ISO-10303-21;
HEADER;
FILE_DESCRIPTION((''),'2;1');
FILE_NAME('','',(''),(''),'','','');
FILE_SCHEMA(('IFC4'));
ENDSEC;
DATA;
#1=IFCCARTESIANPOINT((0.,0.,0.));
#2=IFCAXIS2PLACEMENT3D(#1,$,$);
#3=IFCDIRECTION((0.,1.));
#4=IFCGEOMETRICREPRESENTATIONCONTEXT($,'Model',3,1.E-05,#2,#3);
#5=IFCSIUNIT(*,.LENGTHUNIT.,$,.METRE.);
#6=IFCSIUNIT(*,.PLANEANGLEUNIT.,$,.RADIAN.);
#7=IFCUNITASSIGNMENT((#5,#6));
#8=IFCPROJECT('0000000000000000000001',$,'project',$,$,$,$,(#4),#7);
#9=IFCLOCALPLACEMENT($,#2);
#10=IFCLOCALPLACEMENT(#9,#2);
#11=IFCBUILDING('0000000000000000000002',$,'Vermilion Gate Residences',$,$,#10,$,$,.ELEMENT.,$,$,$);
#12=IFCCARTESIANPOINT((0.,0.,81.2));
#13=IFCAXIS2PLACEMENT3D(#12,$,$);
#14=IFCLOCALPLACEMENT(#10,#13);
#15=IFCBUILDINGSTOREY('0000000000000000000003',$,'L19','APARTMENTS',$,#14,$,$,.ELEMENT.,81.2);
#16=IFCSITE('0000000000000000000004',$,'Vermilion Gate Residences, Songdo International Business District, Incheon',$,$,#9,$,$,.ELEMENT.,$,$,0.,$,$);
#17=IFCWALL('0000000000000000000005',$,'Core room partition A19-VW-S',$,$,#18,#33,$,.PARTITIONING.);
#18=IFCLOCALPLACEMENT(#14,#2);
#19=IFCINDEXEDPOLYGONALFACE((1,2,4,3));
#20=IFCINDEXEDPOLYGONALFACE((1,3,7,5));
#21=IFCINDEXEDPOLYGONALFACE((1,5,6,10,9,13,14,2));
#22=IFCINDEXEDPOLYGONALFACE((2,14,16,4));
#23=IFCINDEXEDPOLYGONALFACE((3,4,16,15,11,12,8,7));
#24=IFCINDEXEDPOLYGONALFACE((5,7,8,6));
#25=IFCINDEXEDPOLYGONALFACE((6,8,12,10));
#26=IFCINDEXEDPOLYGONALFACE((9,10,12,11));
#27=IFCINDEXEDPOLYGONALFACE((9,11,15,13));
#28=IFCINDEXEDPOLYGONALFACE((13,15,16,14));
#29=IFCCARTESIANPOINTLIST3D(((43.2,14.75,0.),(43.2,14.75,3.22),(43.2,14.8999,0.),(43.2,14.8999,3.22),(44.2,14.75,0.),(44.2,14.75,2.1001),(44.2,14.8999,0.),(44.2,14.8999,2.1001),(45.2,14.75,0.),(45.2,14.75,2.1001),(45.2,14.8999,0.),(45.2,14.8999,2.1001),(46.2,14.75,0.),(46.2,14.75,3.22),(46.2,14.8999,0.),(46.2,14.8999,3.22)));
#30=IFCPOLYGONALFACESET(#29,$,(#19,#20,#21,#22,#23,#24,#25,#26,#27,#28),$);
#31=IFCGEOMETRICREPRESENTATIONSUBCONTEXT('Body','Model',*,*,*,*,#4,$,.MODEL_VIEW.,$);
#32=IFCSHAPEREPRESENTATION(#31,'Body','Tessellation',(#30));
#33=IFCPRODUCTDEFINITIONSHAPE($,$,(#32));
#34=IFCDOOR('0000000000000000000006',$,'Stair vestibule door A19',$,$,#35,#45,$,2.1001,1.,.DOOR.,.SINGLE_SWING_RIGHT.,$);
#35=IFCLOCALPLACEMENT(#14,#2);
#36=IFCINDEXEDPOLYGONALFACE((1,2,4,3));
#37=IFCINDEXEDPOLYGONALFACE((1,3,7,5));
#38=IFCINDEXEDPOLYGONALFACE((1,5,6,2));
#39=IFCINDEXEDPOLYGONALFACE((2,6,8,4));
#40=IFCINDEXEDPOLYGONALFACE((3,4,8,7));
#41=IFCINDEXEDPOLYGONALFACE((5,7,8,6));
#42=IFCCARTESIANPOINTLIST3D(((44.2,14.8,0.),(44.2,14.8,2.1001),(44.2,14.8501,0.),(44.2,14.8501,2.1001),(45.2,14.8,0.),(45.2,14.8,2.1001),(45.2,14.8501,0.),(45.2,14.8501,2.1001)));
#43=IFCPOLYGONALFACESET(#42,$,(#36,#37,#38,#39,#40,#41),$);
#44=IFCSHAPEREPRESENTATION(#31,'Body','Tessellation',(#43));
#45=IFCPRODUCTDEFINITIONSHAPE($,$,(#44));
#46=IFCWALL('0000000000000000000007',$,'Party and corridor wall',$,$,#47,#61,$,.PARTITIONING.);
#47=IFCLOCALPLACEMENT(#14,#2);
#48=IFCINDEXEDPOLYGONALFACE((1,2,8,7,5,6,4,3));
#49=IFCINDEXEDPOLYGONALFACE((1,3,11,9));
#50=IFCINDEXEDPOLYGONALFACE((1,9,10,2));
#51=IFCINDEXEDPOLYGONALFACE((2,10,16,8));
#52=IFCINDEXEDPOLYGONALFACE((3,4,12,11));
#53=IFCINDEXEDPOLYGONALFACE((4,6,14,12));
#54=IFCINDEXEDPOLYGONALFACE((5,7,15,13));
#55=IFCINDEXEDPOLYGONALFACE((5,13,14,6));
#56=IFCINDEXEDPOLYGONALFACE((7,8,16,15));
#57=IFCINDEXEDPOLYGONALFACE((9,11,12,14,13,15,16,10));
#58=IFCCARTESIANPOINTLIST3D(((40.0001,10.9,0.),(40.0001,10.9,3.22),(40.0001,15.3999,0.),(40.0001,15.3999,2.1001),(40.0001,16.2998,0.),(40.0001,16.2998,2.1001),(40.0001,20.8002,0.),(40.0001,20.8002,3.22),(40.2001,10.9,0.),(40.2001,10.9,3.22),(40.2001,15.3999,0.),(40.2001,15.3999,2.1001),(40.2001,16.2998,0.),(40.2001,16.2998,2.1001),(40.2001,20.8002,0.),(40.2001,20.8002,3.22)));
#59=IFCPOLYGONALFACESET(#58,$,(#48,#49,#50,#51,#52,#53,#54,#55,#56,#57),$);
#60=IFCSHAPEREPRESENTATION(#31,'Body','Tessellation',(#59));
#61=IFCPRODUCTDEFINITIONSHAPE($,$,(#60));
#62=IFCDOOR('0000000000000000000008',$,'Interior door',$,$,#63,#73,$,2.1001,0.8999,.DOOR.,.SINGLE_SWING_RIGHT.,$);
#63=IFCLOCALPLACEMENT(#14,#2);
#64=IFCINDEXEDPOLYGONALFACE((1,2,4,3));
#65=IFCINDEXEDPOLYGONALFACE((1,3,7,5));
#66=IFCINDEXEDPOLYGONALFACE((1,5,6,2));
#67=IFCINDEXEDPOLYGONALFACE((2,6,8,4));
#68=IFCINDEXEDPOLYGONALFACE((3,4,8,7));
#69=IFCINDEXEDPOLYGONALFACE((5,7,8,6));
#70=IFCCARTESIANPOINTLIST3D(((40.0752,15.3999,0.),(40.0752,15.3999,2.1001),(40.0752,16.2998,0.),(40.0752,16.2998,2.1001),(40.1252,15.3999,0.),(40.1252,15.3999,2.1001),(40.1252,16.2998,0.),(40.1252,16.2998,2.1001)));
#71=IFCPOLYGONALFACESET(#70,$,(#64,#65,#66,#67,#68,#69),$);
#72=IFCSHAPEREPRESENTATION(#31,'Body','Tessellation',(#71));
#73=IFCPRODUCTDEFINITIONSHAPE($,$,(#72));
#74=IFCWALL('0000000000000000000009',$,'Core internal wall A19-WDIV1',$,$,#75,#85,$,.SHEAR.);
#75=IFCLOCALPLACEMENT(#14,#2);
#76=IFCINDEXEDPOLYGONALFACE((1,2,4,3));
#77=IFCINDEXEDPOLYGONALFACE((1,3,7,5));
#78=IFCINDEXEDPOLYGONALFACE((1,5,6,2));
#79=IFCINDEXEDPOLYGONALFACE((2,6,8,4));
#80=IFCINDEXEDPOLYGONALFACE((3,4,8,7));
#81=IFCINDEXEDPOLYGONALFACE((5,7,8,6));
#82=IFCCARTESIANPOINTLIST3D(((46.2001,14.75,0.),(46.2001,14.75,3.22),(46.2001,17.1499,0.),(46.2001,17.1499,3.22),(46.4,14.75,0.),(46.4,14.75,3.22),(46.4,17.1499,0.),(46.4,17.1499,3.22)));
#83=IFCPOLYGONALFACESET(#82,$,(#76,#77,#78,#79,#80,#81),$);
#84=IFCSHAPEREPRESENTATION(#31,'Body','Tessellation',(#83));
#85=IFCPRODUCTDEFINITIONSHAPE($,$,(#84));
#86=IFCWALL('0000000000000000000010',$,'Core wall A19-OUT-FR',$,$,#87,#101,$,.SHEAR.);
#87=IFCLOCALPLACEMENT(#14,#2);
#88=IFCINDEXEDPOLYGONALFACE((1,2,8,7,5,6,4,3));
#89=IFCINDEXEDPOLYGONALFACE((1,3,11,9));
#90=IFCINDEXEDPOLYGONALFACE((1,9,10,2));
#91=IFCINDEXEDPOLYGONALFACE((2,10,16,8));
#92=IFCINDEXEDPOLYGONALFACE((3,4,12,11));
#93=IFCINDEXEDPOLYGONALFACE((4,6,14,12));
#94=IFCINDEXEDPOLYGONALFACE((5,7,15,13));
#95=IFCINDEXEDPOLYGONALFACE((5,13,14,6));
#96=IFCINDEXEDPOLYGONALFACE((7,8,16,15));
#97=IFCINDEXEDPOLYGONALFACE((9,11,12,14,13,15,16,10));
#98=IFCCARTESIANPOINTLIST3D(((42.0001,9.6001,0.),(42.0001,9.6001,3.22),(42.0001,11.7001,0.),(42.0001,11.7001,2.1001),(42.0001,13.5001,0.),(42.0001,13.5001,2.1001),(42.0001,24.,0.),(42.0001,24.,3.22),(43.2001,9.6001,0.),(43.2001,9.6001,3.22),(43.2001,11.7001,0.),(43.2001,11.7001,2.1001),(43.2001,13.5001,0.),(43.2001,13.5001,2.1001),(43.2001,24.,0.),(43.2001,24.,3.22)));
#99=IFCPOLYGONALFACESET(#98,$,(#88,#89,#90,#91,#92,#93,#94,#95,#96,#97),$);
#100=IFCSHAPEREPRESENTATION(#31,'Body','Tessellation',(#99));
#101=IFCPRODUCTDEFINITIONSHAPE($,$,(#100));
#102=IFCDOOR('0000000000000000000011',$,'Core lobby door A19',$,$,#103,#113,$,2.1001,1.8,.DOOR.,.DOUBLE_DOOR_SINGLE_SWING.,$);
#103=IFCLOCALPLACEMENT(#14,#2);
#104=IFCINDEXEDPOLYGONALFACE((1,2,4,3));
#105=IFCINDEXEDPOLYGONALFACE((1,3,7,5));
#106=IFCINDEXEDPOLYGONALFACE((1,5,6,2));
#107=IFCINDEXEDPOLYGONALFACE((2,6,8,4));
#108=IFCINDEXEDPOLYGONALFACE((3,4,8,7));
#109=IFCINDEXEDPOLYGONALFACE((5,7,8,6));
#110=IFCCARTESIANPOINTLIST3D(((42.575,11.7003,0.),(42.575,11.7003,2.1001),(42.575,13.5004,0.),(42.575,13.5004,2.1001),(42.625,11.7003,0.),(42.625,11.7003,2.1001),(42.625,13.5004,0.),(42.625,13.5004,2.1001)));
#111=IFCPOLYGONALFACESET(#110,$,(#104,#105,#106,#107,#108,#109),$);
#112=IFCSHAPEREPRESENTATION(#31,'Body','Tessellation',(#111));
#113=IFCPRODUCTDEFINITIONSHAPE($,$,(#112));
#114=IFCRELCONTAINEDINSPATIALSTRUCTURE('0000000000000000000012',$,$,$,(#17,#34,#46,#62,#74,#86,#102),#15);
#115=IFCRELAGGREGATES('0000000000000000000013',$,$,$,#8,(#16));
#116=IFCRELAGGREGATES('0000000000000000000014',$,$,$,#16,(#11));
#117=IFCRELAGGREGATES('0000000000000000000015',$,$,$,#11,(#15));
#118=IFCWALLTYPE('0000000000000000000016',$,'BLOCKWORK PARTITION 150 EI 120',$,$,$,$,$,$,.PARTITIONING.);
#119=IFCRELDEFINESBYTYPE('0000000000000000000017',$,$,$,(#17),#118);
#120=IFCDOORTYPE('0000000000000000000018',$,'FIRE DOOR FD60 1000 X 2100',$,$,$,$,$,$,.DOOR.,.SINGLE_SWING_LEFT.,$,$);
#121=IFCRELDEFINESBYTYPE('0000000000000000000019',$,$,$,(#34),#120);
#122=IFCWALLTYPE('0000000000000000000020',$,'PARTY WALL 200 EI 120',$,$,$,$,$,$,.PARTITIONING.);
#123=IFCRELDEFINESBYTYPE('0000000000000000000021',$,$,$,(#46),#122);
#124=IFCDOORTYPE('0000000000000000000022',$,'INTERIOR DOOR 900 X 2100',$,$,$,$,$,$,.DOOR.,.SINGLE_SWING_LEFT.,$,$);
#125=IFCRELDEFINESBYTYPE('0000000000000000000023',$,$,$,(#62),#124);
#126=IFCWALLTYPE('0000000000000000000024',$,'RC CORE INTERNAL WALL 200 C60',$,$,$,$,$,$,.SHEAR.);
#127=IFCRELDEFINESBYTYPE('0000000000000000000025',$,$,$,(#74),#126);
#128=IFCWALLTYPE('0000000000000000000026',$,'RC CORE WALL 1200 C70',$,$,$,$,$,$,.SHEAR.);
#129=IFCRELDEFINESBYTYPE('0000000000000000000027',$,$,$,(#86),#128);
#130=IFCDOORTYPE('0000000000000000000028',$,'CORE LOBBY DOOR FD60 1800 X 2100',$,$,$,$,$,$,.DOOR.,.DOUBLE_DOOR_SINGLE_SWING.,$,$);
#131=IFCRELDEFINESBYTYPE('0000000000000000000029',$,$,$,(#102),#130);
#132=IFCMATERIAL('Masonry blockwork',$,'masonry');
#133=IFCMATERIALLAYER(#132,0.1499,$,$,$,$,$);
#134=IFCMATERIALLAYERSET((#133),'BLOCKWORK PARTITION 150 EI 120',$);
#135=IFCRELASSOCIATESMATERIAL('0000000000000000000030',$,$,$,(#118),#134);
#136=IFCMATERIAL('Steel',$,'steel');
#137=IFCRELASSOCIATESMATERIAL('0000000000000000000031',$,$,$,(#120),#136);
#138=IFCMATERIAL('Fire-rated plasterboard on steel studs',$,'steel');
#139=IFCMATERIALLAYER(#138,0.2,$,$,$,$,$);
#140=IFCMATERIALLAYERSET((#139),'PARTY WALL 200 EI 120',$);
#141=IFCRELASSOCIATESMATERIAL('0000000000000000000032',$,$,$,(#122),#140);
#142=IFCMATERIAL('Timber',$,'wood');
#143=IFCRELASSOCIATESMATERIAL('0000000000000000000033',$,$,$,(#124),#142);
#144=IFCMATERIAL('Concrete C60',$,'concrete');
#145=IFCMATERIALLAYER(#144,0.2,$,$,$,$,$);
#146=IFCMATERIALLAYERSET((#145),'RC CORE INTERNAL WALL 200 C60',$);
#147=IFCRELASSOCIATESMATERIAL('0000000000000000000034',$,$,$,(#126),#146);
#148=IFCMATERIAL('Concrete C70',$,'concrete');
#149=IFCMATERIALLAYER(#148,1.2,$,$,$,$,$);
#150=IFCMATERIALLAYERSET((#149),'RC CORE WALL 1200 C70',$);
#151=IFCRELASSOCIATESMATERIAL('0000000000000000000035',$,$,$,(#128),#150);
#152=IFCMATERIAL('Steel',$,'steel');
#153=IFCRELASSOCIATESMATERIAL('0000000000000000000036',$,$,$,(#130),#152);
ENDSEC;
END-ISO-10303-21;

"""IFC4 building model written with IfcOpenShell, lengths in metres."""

from ifc_helpers import new_model, si_unit, direction, frame, frame_2d, origin, place, context, subcontext, project, spatial, rectangle, extrude, material, layer, layer_set, type_object, element, fill, save


model = new_model("IFC4")

# Units and contexts
model_context = context("Model", 3, precision=1e-05, world=origin(), true_north=direction((0.0, 1.0)))
body_context = subcontext(model_context, "Body", "Model", "MODEL_VIEW")
ifc_project = project(units=[si_unit("LENGTHUNIT", "METRE"), si_unit("PLANEANGLEUNIT", "RADIAN")], contexts=[model_context])

# Site, building, storey
site_placement = place(None, origin())
site = spatial("IfcSite", under=ifc_project, at=site_placement, Name="Vermilion Gate Residences, Songdo International Business District, Incheon", CompositionType="ELEMENT", RefElevation=0.0)
building_placement = place(site_placement, origin())
building = spatial("IfcBuilding", under=site, at=building_placement, Name="Vermilion Gate Residences", CompositionType="ELEMENT")
storey_placement = place(building_placement, frame((0.0, 0.0, 81.2)))
storey = spatial("IfcBuildingStorey", under=building, at=storey_placement, Name="L19", Description="APARTMENTS", CompositionType="ELEMENT", Elevation=81.2)

# Walls, openings, doors
ifc_material_1 = material(Name="Masonry blockwork", Category="masonry")
ifc_layer_1 = layer(ifc_material_1, 0.1499)
ifc_layer_set_1 = layer_set([ifc_layer_1], Name="BLOCKWORK PARTITION 150 EI 120")
wall_type_1 = type_object("IfcWallType", Name="BLOCKWORK PARTITION 150 EI 120", PredefinedType="PARTITIONING", material=ifc_layer_set_1)
wall_1_placement = place(storey_placement, frame((43.2, 14.825, 0.0), z_axis=(0.0, 0.0, 1.0), x_axis=(1.0, 0.0, 0.0)))
wall_1 = element("IfcWall", 1, at=wall_1_placement, inside=storey, type_object=wall_type_1, Name="Core room partition A19-VW-S", PredefinedType="PARTITIONING", context=body_context, shape_type="SweptSolid", body=[
    extrude(rectangle(XDim=3.0, YDim=0.1499, at=frame_2d((1.5, 0.0))), origin(), (0.0, 0.0, 1.0), 3.22),
])
opening_1_placement = place(wall_1_placement, frame((1.0, 0.0, 0.0)))
opening_1 = element("IfcOpeningElement", 2, at=opening_1_placement, cuts=wall_1, PredefinedType="OPENING", context=body_context, shape_type="SweptSolid", body=[
    extrude(rectangle(XDim=1.0, YDim=2.1001, at=frame_2d((0.5, 1.05))), frame((0.0, 0.085, 0.0), z_axis=(0.0, -1.0, 0.0), x_axis=(1.0, 0.0, 0.0)), (0.0, 0.0, 1.0), 0.1699),
])
ifc_material_2 = material(Name="Steel", Category="steel")
door_type_1 = type_object("IfcDoorType", Name="FIRE DOOR FD60 1000 X 2100", OperationType="SINGLE_SWING_LEFT", PredefinedType="DOOR", material=ifc_material_2)
door_1_placement = place(opening_1_placement, frame((1.0, 0.0, 0.0), z_axis=(0.0, 0.0, 1.0), x_axis=(-1.0, 0.0, 0.0)))
door_1 = element("IfcDoor", 3, at=door_1_placement, inside=storey, type_object=door_type_1, Name="Stair vestibule door A19", OperationType="SINGLE_SWING_RIGHT", OverallHeight=2.1001, OverallWidth=1.0, PredefinedType="DOOR", context=body_context, shape_type="SweptSolid", body=[
    extrude(rectangle(XDim=1.0, YDim=2.1001, at=frame_2d((0.5, 1.05))), frame((0.0, 0.0249, 0.0), z_axis=(0.0, -1.0, 0.0), x_axis=(1.0, 0.0, 0.0)), (0.0, 0.0, 1.0), 0.05),
])
fill(opening_1, door_1)
ifc_material_3 = material(Name="Fire-rated plasterboard on steel studs", Category="steel")
ifc_layer_2 = layer(ifc_material_3, 0.2)
ifc_layer_set_2 = layer_set([ifc_layer_2], Name="PARTY WALL 200 EI 120")
wall_type_2 = type_object("IfcWallType", Name="PARTY WALL 200 EI 120", PredefinedType="PARTITIONING", material=ifc_layer_set_2)
wall_2_placement = place(storey_placement, frame((40.1001, 10.8999, 0.0), z_axis=(0.0, 0.0, 1.0), x_axis=(0.0, 1.0, 0.0)))
wall_2 = element("IfcWall", 4, at=wall_2_placement, inside=storey, type_object=wall_type_2, Name="Party and corridor wall", PredefinedType="PARTITIONING", context=body_context, shape_type="SweptSolid", body=[
    extrude(rectangle(XDim=9.9001, YDim=0.2, at=frame_2d((4.9502, 0.0))), origin(), (0.0, 0.0, 1.0), 3.22),
])
opening_2_placement = place(wall_2_placement, frame((4.5, 0.0, 0.0)))
opening_2 = element("IfcOpeningElement", 5, at=opening_2_placement, cuts=wall_2, PredefinedType="OPENING", context=body_context, shape_type="SweptSolid", body=[
    extrude(rectangle(XDim=0.8999, YDim=2.1001, at=frame_2d((0.45, 1.05))), frame((0.0, 0.1099, 0.0), z_axis=(0.0, -1.0, 0.0), x_axis=(1.0, 0.0, 0.0)), (0.0, 0.0, 1.0), 0.22),
])
ifc_material_4 = material(Name="Timber", Category="wood")
door_type_2 = type_object("IfcDoorType", Name="INTERIOR DOOR 900 X 2100", OperationType="SINGLE_SWING_LEFT", PredefinedType="DOOR", material=ifc_material_4)
door_2_placement = place(opening_2_placement, origin())
door_2 = element("IfcDoor", 6, at=door_2_placement, inside=storey, type_object=door_type_2, Name="Interior door", OperationType="SINGLE_SWING_RIGHT", OverallHeight=2.1001, OverallWidth=0.8999, PredefinedType="DOOR", context=body_context, shape_type="SweptSolid", body=[
    extrude(rectangle(XDim=0.8999, YDim=2.1001, at=frame_2d((0.45, 1.05))), frame((0.0, 0.0249, 0.0), z_axis=(0.0, -1.0, 0.0), x_axis=(1.0, 0.0, 0.0)), (0.0, 0.0, 1.0), 0.05),
])
fill(opening_2, door_2)

# Wall
ifc_material_5 = material(Name="Concrete C60", Category="concrete")
ifc_layer_3 = layer(ifc_material_5, 0.2)
ifc_layer_set_3 = layer_set([ifc_layer_3], Name="RC CORE INTERNAL WALL 200 C60")
wall_type_3 = type_object("IfcWallType", Name="RC CORE INTERNAL WALL 200 C60", PredefinedType="SHEAR", material=ifc_layer_set_3)
wall_3_placement = place(storey_placement, frame((46.3, 14.75, 0.0), z_axis=(0.0, 0.0, 1.0), x_axis=(0.0, 1.0, 0.0)))
element("IfcWall", 7, at=wall_3_placement, inside=storey, type_object=wall_type_3, Name="Core internal wall A19-WDIV1", PredefinedType="SHEAR", context=body_context, shape_type="SweptSolid", body=[
    extrude(rectangle(XDim=2.3999, YDim=0.2, at=frame_2d((1.2, 0.0))), origin(), (0.0, 0.0, 1.0), 3.22),
])

# Wall, opening, door
ifc_material_6 = material(Name="Concrete C70", Category="concrete")
ifc_layer_4 = layer(ifc_material_6, 1.2)
ifc_layer_set_4 = layer_set([ifc_layer_4], Name="RC CORE WALL 1200 C70")
wall_type_4 = type_object("IfcWallType", Name="RC CORE WALL 1200 C70", PredefinedType="SHEAR", material=ifc_layer_set_4)
wall_4_placement = place(storey_placement, frame((42.6001, 9.6001, 0.0), z_axis=(0.0, 0.0, 1.0), x_axis=(0.0, 1.0, 0.0)))
wall_4 = element("IfcWall", 8, at=wall_4_placement, inside=storey, type_object=wall_type_4, Name="Core wall A19-OUT-FR", PredefinedType="SHEAR", context=body_context, shape_type="SweptSolid", body=[
    extrude(rectangle(XDim=14.3999, YDim=1.2, at=frame_2d((7.2, 0.0))), origin(), (0.0, 0.0, 1.0), 3.22),
])
opening_3_placement = place(wall_4_placement, frame((2.1001, 0.0, 0.0)))
opening_3 = element("IfcOpeningElement", 9, at=opening_3_placement, cuts=wall_4, PredefinedType="OPENING", context=body_context, shape_type="SweptSolid", body=[
    extrude(rectangle(XDim=1.8, YDim=2.1001, at=frame_2d((0.8999, 1.05))), frame((0.0, 0.6099, 0.0), z_axis=(0.0, -1.0, 0.0), x_axis=(1.0, 0.0, 0.0)), (0.0, 0.0, 1.0), 1.22),
])
ifc_material_7 = material(Name="Steel", Category="steel")
door_type_3 = type_object("IfcDoorType", Name="CORE LOBBY DOOR FD60 1800 X 2100", OperationType="DOUBLE_DOOR_SINGLE_SWING", PredefinedType="DOOR", material=ifc_material_7)
door_3_placement = place(opening_3_placement, frame((1.8, 0.0, 0.0), z_axis=(0.0, 0.0, 1.0), x_axis=(-1.0, 0.0, 0.0)))
door_3 = element("IfcDoor", 10, at=door_3_placement, inside=storey, type_object=door_type_3, Name="Core lobby door A19", OperationType="DOUBLE_DOOR_SINGLE_SWING", OverallHeight=2.1001, OverallWidth=1.8, PredefinedType="DOOR", context=body_context, shape_type="SweptSolid", body=[
    extrude(rectangle(XDim=1.8, YDim=2.1001, at=frame_2d((0.8999, 1.05))), frame((0.0, 0.0249, 0.0), z_axis=(0.0, -1.0, 0.0), x_axis=(1.0, 0.0, 0.0)), (0.0, 0.0, 1.0), 0.05),
])
fill(opening_3, door_3)

save(model, "model.ifc")
